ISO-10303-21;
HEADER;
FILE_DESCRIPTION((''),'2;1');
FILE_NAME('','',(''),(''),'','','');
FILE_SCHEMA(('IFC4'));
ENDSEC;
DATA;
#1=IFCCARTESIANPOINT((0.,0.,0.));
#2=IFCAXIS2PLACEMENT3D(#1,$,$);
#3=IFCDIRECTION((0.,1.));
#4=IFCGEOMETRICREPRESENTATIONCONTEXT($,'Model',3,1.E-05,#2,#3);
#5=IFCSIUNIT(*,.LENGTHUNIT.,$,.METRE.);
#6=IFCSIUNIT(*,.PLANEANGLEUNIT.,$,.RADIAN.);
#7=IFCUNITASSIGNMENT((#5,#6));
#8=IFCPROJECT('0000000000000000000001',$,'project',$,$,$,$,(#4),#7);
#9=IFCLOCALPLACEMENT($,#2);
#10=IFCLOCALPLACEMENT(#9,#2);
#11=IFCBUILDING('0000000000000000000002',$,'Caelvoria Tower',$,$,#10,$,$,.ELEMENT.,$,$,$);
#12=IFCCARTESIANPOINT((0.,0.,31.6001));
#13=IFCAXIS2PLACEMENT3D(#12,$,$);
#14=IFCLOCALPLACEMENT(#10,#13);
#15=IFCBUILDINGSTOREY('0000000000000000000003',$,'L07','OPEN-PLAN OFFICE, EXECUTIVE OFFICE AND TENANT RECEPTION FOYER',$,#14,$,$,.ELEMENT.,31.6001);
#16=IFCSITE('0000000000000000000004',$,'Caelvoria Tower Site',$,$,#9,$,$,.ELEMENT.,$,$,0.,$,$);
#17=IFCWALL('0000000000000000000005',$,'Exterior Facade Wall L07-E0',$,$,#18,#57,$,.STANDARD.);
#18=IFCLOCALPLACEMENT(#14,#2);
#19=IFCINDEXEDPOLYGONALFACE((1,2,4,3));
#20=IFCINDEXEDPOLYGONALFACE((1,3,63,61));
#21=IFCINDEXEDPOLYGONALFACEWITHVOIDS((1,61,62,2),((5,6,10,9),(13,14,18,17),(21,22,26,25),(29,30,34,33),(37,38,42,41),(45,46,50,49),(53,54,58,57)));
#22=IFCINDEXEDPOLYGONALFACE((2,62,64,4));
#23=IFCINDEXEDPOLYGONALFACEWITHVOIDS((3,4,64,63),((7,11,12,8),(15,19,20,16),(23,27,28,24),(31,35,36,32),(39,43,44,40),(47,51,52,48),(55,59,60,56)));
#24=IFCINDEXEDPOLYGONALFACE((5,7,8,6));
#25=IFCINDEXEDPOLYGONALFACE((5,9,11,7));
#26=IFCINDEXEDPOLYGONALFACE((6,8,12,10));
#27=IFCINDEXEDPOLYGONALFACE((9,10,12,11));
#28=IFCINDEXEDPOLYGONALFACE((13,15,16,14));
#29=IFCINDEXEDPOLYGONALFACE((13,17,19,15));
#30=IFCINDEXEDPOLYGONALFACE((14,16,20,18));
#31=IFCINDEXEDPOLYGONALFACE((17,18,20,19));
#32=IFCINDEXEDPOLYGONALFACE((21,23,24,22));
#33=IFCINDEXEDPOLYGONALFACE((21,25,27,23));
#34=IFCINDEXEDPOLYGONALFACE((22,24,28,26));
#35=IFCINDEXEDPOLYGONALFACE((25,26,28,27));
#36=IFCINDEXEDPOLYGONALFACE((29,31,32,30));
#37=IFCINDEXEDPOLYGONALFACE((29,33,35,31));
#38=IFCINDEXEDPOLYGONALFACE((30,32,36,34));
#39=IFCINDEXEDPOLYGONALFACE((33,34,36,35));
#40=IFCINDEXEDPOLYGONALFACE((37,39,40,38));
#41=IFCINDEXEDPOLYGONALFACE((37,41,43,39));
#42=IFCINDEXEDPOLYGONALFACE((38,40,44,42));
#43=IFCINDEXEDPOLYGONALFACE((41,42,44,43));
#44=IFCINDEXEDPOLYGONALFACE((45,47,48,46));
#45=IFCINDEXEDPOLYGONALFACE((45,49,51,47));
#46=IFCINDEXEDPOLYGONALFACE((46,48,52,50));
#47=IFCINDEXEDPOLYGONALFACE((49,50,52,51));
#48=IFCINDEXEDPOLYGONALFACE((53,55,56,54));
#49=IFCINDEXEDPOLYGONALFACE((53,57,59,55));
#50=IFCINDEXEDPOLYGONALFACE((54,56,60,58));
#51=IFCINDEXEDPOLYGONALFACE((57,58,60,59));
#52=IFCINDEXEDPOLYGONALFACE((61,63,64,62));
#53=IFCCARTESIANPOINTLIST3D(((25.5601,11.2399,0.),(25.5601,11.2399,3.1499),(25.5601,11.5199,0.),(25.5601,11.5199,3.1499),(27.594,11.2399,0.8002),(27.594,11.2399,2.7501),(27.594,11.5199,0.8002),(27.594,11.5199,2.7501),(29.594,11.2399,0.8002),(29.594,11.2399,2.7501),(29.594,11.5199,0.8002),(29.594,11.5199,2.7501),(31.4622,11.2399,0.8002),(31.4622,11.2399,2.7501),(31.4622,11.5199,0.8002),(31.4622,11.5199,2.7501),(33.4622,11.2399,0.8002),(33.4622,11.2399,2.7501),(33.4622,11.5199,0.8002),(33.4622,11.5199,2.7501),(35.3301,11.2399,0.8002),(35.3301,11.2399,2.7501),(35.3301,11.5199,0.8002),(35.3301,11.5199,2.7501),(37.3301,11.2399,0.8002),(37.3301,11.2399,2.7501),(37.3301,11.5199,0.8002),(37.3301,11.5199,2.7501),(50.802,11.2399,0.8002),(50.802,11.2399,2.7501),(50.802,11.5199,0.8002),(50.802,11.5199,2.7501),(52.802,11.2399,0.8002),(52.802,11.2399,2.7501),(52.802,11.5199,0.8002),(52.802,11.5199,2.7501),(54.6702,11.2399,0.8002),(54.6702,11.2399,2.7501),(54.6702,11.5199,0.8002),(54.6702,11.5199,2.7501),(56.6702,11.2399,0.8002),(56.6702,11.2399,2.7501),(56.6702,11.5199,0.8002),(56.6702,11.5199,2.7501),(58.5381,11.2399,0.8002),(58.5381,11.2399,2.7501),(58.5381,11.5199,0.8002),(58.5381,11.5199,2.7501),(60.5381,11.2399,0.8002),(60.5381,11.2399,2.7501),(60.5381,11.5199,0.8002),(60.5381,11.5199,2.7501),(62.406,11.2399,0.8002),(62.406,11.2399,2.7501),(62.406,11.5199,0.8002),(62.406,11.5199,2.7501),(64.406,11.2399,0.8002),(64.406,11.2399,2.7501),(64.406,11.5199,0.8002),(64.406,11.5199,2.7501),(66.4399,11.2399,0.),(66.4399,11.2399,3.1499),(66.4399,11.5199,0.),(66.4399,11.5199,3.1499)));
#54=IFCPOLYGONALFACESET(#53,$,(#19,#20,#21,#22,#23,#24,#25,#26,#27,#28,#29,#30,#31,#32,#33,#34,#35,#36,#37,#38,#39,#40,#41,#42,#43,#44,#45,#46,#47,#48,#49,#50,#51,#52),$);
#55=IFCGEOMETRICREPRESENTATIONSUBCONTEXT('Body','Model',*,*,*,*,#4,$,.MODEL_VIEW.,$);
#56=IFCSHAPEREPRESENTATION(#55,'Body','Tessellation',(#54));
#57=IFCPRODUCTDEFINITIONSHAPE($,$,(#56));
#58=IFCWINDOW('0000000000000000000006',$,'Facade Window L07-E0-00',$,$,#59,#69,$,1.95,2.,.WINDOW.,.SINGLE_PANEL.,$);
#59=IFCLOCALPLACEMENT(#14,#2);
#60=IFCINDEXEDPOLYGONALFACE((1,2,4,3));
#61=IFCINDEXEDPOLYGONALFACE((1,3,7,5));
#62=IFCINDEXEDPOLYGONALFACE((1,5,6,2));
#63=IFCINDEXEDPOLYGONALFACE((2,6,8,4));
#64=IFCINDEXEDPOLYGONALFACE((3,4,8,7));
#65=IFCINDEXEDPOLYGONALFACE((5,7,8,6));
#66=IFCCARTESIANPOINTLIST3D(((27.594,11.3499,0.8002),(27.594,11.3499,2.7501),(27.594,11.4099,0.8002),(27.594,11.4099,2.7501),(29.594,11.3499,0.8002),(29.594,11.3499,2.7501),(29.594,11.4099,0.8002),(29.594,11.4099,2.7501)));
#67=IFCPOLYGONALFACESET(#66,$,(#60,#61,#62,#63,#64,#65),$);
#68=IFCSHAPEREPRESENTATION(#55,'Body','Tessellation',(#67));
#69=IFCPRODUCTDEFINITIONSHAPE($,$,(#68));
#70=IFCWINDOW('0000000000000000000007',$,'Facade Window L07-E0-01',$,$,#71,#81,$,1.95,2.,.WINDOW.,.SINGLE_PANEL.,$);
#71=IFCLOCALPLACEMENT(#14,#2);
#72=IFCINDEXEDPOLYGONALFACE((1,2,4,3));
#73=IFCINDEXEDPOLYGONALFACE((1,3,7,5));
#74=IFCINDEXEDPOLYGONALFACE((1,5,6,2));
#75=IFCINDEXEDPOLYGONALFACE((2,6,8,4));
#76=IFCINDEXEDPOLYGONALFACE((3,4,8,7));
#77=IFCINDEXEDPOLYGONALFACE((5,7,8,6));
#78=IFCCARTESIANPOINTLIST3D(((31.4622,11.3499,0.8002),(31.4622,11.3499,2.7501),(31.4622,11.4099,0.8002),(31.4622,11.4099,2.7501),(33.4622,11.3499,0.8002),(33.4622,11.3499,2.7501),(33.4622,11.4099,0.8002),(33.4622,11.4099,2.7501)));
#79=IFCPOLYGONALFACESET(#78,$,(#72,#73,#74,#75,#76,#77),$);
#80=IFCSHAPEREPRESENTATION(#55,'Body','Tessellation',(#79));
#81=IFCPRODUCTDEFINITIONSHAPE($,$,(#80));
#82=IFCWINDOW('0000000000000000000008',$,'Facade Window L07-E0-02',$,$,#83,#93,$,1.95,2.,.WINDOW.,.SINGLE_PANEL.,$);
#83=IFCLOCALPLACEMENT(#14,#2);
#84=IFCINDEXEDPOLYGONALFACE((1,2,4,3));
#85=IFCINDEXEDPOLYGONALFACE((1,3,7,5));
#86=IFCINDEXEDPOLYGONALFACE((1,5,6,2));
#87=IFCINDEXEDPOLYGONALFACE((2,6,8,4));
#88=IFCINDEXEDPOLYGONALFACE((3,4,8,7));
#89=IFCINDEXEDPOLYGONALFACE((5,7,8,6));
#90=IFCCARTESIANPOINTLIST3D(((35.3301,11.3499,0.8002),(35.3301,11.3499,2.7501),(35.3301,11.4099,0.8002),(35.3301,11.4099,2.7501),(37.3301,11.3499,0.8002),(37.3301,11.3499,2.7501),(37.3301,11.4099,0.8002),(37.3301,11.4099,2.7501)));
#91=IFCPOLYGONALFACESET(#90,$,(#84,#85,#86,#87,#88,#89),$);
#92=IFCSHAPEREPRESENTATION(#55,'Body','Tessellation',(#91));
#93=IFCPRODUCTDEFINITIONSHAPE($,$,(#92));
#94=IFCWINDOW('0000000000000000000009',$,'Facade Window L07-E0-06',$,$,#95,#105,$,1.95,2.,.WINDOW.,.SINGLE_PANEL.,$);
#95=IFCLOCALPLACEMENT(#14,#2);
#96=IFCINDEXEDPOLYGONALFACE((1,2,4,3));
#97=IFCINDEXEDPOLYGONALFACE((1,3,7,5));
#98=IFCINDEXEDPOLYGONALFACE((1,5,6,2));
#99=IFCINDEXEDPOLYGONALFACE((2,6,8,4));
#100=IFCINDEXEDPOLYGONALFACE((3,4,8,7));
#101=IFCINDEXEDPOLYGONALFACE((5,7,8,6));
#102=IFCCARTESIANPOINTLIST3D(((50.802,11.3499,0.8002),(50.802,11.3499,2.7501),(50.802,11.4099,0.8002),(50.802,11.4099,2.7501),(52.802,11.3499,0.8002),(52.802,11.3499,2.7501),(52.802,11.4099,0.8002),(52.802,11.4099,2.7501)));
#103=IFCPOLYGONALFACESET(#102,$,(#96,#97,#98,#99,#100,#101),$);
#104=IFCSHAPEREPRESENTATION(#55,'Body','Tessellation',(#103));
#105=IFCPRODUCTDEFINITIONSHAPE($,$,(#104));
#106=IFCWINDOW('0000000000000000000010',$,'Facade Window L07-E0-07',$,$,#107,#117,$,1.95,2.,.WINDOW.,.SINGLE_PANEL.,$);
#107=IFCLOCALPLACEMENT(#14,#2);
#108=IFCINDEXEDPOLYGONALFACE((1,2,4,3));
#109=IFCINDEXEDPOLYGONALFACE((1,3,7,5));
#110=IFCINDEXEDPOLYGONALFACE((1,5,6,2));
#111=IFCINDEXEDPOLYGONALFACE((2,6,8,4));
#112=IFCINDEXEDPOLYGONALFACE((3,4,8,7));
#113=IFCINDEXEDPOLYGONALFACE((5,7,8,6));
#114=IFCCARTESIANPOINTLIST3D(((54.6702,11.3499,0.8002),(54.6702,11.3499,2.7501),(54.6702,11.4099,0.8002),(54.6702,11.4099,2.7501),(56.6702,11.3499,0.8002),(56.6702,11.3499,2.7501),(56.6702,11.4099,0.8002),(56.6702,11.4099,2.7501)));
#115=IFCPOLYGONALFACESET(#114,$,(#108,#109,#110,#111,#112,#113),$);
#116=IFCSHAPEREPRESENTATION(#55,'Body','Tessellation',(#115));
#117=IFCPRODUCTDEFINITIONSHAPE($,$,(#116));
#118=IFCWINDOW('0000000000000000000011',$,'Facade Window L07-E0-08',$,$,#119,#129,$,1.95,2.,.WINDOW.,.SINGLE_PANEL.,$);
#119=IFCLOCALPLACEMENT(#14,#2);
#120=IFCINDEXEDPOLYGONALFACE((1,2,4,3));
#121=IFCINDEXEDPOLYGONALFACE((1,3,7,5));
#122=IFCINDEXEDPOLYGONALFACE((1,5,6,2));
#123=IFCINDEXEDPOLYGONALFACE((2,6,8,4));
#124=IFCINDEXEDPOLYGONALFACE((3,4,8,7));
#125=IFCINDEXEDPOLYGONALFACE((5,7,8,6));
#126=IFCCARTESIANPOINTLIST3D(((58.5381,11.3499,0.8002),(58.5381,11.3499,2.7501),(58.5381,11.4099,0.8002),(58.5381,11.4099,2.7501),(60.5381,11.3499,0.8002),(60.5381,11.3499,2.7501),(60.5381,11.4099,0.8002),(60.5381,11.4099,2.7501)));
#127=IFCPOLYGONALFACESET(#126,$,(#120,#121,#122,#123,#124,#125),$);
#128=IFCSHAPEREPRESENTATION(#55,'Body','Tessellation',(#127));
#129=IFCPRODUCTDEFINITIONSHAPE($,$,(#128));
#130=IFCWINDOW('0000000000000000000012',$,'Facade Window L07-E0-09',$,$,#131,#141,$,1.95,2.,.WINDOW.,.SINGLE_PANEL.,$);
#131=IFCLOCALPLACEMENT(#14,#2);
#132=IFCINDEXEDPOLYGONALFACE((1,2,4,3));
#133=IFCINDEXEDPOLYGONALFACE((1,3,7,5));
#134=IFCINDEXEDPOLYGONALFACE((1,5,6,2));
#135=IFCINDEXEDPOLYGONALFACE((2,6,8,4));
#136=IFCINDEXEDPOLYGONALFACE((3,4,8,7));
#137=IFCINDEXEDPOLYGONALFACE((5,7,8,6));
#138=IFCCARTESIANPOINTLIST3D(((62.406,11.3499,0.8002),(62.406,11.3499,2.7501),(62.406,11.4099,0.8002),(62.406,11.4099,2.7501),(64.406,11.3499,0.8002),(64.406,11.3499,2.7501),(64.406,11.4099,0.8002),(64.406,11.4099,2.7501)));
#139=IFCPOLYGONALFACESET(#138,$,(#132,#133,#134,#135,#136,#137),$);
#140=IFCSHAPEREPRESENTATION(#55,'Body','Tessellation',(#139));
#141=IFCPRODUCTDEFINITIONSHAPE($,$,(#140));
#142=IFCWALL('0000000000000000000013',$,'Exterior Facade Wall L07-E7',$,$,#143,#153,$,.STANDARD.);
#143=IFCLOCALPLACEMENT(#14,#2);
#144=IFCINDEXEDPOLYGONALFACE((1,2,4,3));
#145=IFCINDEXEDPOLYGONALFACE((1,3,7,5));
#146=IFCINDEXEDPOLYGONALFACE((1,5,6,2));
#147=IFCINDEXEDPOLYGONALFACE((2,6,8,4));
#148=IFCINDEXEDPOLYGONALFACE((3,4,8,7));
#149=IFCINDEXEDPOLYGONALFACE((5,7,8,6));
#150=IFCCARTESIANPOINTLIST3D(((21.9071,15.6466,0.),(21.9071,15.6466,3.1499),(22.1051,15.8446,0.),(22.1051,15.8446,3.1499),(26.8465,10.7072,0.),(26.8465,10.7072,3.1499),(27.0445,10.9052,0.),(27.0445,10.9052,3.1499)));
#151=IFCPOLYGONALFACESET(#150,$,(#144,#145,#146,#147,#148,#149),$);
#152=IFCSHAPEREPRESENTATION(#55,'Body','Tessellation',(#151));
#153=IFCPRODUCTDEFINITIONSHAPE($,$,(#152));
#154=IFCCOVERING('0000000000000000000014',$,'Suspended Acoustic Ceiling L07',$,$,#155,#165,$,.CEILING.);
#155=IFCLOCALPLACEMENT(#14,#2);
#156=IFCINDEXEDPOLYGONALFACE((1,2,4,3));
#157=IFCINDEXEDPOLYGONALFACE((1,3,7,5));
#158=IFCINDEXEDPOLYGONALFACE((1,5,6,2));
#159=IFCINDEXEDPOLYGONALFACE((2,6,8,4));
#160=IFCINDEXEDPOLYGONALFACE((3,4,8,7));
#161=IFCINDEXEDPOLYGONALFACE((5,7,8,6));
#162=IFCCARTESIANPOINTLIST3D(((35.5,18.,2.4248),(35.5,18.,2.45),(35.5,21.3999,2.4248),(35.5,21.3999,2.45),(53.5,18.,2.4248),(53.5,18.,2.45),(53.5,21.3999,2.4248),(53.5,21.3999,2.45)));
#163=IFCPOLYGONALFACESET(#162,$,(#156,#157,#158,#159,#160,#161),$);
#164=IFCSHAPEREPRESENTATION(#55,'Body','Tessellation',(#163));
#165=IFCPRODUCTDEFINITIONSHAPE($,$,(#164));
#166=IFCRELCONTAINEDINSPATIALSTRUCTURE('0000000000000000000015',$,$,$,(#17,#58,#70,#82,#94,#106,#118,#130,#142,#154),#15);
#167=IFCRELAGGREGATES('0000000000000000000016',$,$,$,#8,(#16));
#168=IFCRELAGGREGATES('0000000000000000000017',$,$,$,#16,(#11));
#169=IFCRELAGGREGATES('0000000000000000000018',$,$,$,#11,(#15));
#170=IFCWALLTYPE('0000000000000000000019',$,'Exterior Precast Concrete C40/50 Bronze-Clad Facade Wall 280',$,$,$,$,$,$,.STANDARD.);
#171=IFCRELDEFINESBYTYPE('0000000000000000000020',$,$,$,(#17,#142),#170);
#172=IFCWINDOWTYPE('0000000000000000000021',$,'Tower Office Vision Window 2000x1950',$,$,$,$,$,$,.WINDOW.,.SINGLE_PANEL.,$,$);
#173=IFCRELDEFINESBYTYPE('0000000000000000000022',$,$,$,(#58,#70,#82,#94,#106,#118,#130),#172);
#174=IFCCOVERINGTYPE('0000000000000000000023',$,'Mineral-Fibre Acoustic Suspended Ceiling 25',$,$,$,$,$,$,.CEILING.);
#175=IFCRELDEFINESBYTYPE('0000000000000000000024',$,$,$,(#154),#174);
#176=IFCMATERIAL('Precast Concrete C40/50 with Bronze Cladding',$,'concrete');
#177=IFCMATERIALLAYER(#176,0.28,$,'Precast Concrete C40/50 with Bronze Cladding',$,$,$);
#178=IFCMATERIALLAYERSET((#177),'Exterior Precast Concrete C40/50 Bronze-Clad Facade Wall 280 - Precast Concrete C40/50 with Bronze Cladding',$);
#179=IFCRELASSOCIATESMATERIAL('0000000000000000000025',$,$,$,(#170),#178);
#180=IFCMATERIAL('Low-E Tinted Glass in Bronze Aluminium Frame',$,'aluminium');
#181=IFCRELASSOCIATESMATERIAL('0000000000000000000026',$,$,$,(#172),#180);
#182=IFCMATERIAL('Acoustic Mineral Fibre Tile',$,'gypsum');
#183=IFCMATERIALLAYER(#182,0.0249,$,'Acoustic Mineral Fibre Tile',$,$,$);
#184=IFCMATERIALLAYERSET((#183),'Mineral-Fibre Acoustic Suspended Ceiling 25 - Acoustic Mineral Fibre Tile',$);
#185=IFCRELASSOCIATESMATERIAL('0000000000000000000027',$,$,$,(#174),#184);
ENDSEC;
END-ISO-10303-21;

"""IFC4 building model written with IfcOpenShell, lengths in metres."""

from ifc_helpers import new_model, si_unit, direction, frame, frame_2d, origin, place, context, subcontext, project, spatial, polyline, rectangle, outline, extrude, material, layer, layer_set, type_object, element, fill, save


model = new_model("IFC4")

# Units and contexts
model_context = context("Model", 3, precision=1e-05, world=origin(), true_north=direction((0.0, 1.0)))
body_context = subcontext(model_context, "Body", "Model", "MODEL_VIEW")
ifc_project = project(units=[si_unit("LENGTHUNIT", "METRE"), si_unit("PLANEANGLEUNIT", "RADIAN")], contexts=[model_context])

# Site, building, storey
site_placement = place(None, origin())
site = spatial("IfcSite", under=ifc_project, at=site_placement, Name="Caelvoria Tower Site", CompositionType="ELEMENT", RefElevation=0.0)
building_placement = place(site_placement, origin())
building = spatial("IfcBuilding", under=site, at=building_placement, Name="Caelvoria Tower", CompositionType="ELEMENT")
storey_placement = place(building_placement, frame((0.0, 0.0, 31.6001)))
storey = spatial("IfcBuildingStorey", under=building, at=storey_placement, Name="L07", Description="OPEN-PLAN OFFICE, EXECUTIVE OFFICE AND TENANT RECEPTION FOYER", CompositionType="ELEMENT", Elevation=31.6001)

# Wall, openings, windows
ifc_material_1 = material(Name="Precast Concrete C40/50 with Bronze Cladding", Category="concrete")
ifc_layer_1 = layer(ifc_material_1, 0.28, Name="Precast Concrete C40/50 with Bronze Cladding")
ifc_layer_set_1 = layer_set([ifc_layer_1], Name="Exterior Precast Concrete C40/50 Bronze-Clad Facade Wall 280 - Precast Concrete C40/50 with Bronze Cladding")
wall_type = type_object("IfcWallType", Name="Exterior Precast Concrete C40/50 Bronze-Clad Facade Wall 280", PredefinedType="STANDARD", material=ifc_layer_set_1)
wall_1_placement = place(storey_placement, frame((25.5601, 11.3799, 0.0), z_axis=(0.0, 0.0, 1.0), x_axis=(1.0, 0.0, 0.0)))
wall_1 = element("IfcWall", 1, at=wall_1_placement, inside=storey, type_object=wall_type, Name="Exterior Facade Wall L07-E0", PredefinedType="STANDARD", context=body_context, shape_type="SweptSolid", body=[
    extrude(rectangle(XDim=40.8799, YDim=0.28, at=frame_2d((20.4399, 0.0))), origin(), (0.0, 0.0, 1.0), 3.1499),
])
opening_1_placement = place(wall_1_placement, frame((2.0339, 0.0, 0.8)))
opening_1 = element("IfcOpeningElement", 2, at=opening_1_placement, cuts=wall_1, PredefinedType="OPENING", context=body_context, shape_type="SweptSolid", body=[
    extrude(rectangle(XDim=2.0, YDim=1.95, at=frame_2d((1.0, 0.9751))), frame((0.0, 0.1499, 0.0), z_axis=(0.0, -1.0, 0.0), x_axis=(1.0, 0.0, 0.0)), (0.0, 0.0, 1.0), 0.3),
])
opening_2_placement = place(wall_1_placement, frame((5.9021, 0.0, 0.8)))
opening_2 = element("IfcOpeningElement", 3, at=opening_2_placement, cuts=wall_1, PredefinedType="OPENING", context=body_context, shape_type="SweptSolid", body=[
    extrude(rectangle(XDim=2.0, YDim=1.95, at=frame_2d((1.0, 0.9751))), frame((0.0, 0.1499, 0.0), z_axis=(0.0, -1.0, 0.0), x_axis=(1.0, 0.0, 0.0)), (0.0, 0.0, 1.0), 0.3),
])
opening_3_placement = place(wall_1_placement, frame((9.77, 0.0, 0.8)))
opening_3 = element("IfcOpeningElement", 4, at=opening_3_placement, cuts=wall_1, PredefinedType="OPENING", context=body_context, shape_type="SweptSolid", body=[
    extrude(rectangle(XDim=2.0, YDim=1.95, at=frame_2d((1.0, 0.9751))), frame((0.0, 0.1499, 0.0), z_axis=(0.0, -1.0, 0.0), x_axis=(1.0, 0.0, 0.0)), (0.0, 0.0, 1.0), 0.3),
])
opening_4_placement = place(wall_1_placement, frame((25.2419, 0.0, 0.8)))
opening_4 = element("IfcOpeningElement", 5, at=opening_4_placement, cuts=wall_1, PredefinedType="OPENING", context=body_context, shape_type="SweptSolid", body=[
    extrude(rectangle(XDim=2.0, YDim=1.95, at=frame_2d((1.0, 0.9751))), frame((0.0, 0.1499, 0.0), z_axis=(0.0, -1.0, 0.0), x_axis=(1.0, 0.0, 0.0)), (0.0, 0.0, 1.0), 0.3),
])
opening_5_placement = place(wall_1_placement, frame((29.1101, 0.0, 0.8)))
opening_5 = element("IfcOpeningElement", 6, at=opening_5_placement, cuts=wall_1, PredefinedType="OPENING", context=body_context, shape_type="SweptSolid", body=[
    extrude(rectangle(XDim=2.0, YDim=1.95, at=frame_2d((1.0, 0.9751))), frame((0.0, 0.1499, 0.0), z_axis=(0.0, -1.0, 0.0), x_axis=(1.0, 0.0, 0.0)), (0.0, 0.0, 1.0), 0.3),
])
opening_6_placement = place(wall_1_placement, frame((32.978, 0.0, 0.8)))
opening_6 = element("IfcOpeningElement", 7, at=opening_6_placement, cuts=wall_1, PredefinedType="OPENING", context=body_context, shape_type="SweptSolid", body=[
    extrude(rectangle(XDim=2.0, YDim=1.95, at=frame_2d((1.0, 0.9751))), frame((0.0, 0.1499, 0.0), z_axis=(0.0, -1.0, 0.0), x_axis=(1.0, 0.0, 0.0)), (0.0, 0.0, 1.0), 0.3),
])
opening_7_placement = place(wall_1_placement, frame((36.8459, 0.0, 0.8)))
opening_7 = element("IfcOpeningElement", 8, at=opening_7_placement, cuts=wall_1, PredefinedType="OPENING", context=body_context, shape_type="SweptSolid", body=[
    extrude(rectangle(XDim=2.0, YDim=1.95, at=frame_2d((1.0, 0.9751))), frame((0.0, 0.1499, 0.0), z_axis=(0.0, -1.0, 0.0), x_axis=(1.0, 0.0, 0.0)), (0.0, 0.0, 1.0), 0.3),
])
ifc_material_2 = material(Name="Low-E Tinted Glass in Bronze Aluminium Frame", Category="aluminium")
window_type = type_object("IfcWindowType", Name="Tower Office Vision Window 2000x1950", PartitioningType="SINGLE_PANEL", PredefinedType="WINDOW", material=ifc_material_2)
window_1_placement = place(opening_1_placement, origin())
window_1 = element("IfcWindow", 9, at=window_1_placement, inside=storey, type_object=window_type, Name="Facade Window L07-E0-00", OverallHeight=1.95, OverallWidth=2.0, PartitioningType="SINGLE_PANEL", PredefinedType="WINDOW", context=body_context, shape_type="SweptSolid", body=[
    extrude(rectangle(XDim=2.0, YDim=1.95, at=frame_2d((1.0, 0.9751))), frame((0.0, 0.03, 0.0), z_axis=(0.0, -1.0, 0.0), x_axis=(1.0, 0.0, 0.0)), (0.0, 0.0, 1.0), 0.0601),
])
fill(opening_1, window_1)
window_2_placement = place(opening_2_placement, origin())
window_2 = element("IfcWindow", 10, at=window_2_placement, inside=storey, type_object=window_type, Name="Facade Window L07-E0-01", OverallHeight=1.95, OverallWidth=2.0, PartitioningType="SINGLE_PANEL", PredefinedType="WINDOW", context=body_context, shape_type="SweptSolid", body=[
    extrude(rectangle(XDim=2.0, YDim=1.95, at=frame_2d((1.0, 0.9751))), frame((0.0, 0.03, 0.0), z_axis=(0.0, -1.0, 0.0), x_axis=(1.0, 0.0, 0.0)), (0.0, 0.0, 1.0), 0.0601),
])
fill(opening_2, window_2)
window_3_placement = place(opening_3_placement, origin())
window_3 = element("IfcWindow", 11, at=window_3_placement, inside=storey, type_object=window_type, Name="Facade Window L07-E0-02", OverallHeight=1.95, OverallWidth=2.0, PartitioningType="SINGLE_PANEL", PredefinedType="WINDOW", context=body_context, shape_type="SweptSolid", body=[
    extrude(rectangle(XDim=2.0, YDim=1.95, at=frame_2d((1.0, 0.9751))), frame((0.0, 0.03, 0.0), z_axis=(0.0, -1.0, 0.0), x_axis=(1.0, 0.0, 0.0)), (0.0, 0.0, 1.0), 0.0601),
])
fill(opening_3, window_3)
window_4_placement = place(opening_4_placement, origin())
window_4 = element("IfcWindow", 12, at=window_4_placement, inside=storey, type_object=window_type, Name="Facade Window L07-E0-06", OverallHeight=1.95, OverallWidth=2.0, PartitioningType="SINGLE_PANEL", PredefinedType="WINDOW", context=body_context, shape_type="SweptSolid", body=[
    extrude(rectangle(XDim=2.0, YDim=1.95, at=frame_2d((1.0, 0.9751))), frame((0.0, 0.03, 0.0), z_axis=(0.0, -1.0, 0.0), x_axis=(1.0, 0.0, 0.0)), (0.0, 0.0, 1.0), 0.0601),
])
fill(opening_4, window_4)
window_5_placement = place(opening_5_placement, origin())
window_5 = element("IfcWindow", 13, at=window_5_placement, inside=storey, type_object=window_type, Name="Facade Window L07-E0-07", OverallHeight=1.95, OverallWidth=2.0, PartitioningType="SINGLE_PANEL", PredefinedType="WINDOW", context=body_context, shape_type="SweptSolid", body=[
    extrude(rectangle(XDim=2.0, YDim=1.95, at=frame_2d((1.0, 0.9751))), frame((0.0, 0.03, 0.0), z_axis=(0.0, -1.0, 0.0), x_axis=(1.0, 0.0, 0.0)), (0.0, 0.0, 1.0), 0.0601),
])
fill(opening_5, window_5)
window_6_placement = place(opening_6_placement, origin())
window_6 = element("IfcWindow", 14, at=window_6_placement, inside=storey, type_object=window_type, Name="Facade Window L07-E0-08", OverallHeight=1.95, OverallWidth=2.0, PartitioningType="SINGLE_PANEL", PredefinedType="WINDOW", context=body_context, shape_type="SweptSolid", body=[
    extrude(rectangle(XDim=2.0, YDim=1.95, at=frame_2d((1.0, 0.9751))), frame((0.0, 0.03, 0.0), z_axis=(0.0, -1.0, 0.0), x_axis=(1.0, 0.0, 0.0)), (0.0, 0.0, 1.0), 0.0601),
])
fill(opening_6, window_6)
window_7_placement = place(opening_7_placement, origin())
window_7 = element("IfcWindow", 15, at=window_7_placement, inside=storey, type_object=window_type, Name="Facade Window L07-E0-09", OverallHeight=1.95, OverallWidth=2.0, PartitioningType="SINGLE_PANEL", PredefinedType="WINDOW", context=body_context, shape_type="SweptSolid", body=[
    extrude(rectangle(XDim=2.0, YDim=1.95, at=frame_2d((1.0, 0.9751))), frame((0.0, 0.03, 0.0), z_axis=(0.0, -1.0, 0.0), x_axis=(1.0, 0.0, 0.0)), (0.0, 0.0, 1.0), 0.0601),
])
fill(opening_7, window_7)

# Wall
wall_2_placement = place(storey_placement, frame((22.0061, 15.7456, 0.0), z_axis=(0.0, 0.0, 1.0), x_axis=(0.707107, -0.707107, 0.0)))
element("IfcWall", 16, at=wall_2_placement, inside=storey, type_object=wall_type, Name="Exterior Facade Wall L07-E7", PredefinedType="STANDARD", context=body_context, shape_type="SweptSolid", body=[
    extrude(rectangle(XDim=6.9854, YDim=0.28, at=frame_2d((3.4927, 0.0))), origin(), (0.0, 0.0, 1.0), 3.1499),
])

# Covering
ifc_material_3 = material(Name="Acoustic Mineral Fibre Tile", Category="gypsum")
ifc_layer_2 = layer(ifc_material_3, 0.0249, Name="Acoustic Mineral Fibre Tile")
ifc_layer_set_2 = layer_set([ifc_layer_2], Name="Mineral-Fibre Acoustic Suspended Ceiling 25 - Acoustic Mineral Fibre Tile")
covering_type_1 = type_object("IfcCoveringType", Name="Mineral-Fibre Acoustic Suspended Ceiling 25", PredefinedType="CEILING", material=ifc_layer_set_2)
covering_1_placement = place(storey_placement, frame((0.0, 0.0, 2.4248)))
element("IfcCovering", 17, at=covering_1_placement, inside=storey, type_object=covering_type_1, Name="Suspended Acoustic Ceiling L07", PredefinedType="CEILING", context=body_context, shape_type="SweptSolid", body=[
    extrude(outline(polyline([(35.5, 18.0), (53.5, 18.0), (53.5, 21.3999), (35.5, 21.3999), (35.5, 18.0)])), origin(), (0.0, 0.0, 1.0), 0.0251),
])

save(model, "model.ifc")
